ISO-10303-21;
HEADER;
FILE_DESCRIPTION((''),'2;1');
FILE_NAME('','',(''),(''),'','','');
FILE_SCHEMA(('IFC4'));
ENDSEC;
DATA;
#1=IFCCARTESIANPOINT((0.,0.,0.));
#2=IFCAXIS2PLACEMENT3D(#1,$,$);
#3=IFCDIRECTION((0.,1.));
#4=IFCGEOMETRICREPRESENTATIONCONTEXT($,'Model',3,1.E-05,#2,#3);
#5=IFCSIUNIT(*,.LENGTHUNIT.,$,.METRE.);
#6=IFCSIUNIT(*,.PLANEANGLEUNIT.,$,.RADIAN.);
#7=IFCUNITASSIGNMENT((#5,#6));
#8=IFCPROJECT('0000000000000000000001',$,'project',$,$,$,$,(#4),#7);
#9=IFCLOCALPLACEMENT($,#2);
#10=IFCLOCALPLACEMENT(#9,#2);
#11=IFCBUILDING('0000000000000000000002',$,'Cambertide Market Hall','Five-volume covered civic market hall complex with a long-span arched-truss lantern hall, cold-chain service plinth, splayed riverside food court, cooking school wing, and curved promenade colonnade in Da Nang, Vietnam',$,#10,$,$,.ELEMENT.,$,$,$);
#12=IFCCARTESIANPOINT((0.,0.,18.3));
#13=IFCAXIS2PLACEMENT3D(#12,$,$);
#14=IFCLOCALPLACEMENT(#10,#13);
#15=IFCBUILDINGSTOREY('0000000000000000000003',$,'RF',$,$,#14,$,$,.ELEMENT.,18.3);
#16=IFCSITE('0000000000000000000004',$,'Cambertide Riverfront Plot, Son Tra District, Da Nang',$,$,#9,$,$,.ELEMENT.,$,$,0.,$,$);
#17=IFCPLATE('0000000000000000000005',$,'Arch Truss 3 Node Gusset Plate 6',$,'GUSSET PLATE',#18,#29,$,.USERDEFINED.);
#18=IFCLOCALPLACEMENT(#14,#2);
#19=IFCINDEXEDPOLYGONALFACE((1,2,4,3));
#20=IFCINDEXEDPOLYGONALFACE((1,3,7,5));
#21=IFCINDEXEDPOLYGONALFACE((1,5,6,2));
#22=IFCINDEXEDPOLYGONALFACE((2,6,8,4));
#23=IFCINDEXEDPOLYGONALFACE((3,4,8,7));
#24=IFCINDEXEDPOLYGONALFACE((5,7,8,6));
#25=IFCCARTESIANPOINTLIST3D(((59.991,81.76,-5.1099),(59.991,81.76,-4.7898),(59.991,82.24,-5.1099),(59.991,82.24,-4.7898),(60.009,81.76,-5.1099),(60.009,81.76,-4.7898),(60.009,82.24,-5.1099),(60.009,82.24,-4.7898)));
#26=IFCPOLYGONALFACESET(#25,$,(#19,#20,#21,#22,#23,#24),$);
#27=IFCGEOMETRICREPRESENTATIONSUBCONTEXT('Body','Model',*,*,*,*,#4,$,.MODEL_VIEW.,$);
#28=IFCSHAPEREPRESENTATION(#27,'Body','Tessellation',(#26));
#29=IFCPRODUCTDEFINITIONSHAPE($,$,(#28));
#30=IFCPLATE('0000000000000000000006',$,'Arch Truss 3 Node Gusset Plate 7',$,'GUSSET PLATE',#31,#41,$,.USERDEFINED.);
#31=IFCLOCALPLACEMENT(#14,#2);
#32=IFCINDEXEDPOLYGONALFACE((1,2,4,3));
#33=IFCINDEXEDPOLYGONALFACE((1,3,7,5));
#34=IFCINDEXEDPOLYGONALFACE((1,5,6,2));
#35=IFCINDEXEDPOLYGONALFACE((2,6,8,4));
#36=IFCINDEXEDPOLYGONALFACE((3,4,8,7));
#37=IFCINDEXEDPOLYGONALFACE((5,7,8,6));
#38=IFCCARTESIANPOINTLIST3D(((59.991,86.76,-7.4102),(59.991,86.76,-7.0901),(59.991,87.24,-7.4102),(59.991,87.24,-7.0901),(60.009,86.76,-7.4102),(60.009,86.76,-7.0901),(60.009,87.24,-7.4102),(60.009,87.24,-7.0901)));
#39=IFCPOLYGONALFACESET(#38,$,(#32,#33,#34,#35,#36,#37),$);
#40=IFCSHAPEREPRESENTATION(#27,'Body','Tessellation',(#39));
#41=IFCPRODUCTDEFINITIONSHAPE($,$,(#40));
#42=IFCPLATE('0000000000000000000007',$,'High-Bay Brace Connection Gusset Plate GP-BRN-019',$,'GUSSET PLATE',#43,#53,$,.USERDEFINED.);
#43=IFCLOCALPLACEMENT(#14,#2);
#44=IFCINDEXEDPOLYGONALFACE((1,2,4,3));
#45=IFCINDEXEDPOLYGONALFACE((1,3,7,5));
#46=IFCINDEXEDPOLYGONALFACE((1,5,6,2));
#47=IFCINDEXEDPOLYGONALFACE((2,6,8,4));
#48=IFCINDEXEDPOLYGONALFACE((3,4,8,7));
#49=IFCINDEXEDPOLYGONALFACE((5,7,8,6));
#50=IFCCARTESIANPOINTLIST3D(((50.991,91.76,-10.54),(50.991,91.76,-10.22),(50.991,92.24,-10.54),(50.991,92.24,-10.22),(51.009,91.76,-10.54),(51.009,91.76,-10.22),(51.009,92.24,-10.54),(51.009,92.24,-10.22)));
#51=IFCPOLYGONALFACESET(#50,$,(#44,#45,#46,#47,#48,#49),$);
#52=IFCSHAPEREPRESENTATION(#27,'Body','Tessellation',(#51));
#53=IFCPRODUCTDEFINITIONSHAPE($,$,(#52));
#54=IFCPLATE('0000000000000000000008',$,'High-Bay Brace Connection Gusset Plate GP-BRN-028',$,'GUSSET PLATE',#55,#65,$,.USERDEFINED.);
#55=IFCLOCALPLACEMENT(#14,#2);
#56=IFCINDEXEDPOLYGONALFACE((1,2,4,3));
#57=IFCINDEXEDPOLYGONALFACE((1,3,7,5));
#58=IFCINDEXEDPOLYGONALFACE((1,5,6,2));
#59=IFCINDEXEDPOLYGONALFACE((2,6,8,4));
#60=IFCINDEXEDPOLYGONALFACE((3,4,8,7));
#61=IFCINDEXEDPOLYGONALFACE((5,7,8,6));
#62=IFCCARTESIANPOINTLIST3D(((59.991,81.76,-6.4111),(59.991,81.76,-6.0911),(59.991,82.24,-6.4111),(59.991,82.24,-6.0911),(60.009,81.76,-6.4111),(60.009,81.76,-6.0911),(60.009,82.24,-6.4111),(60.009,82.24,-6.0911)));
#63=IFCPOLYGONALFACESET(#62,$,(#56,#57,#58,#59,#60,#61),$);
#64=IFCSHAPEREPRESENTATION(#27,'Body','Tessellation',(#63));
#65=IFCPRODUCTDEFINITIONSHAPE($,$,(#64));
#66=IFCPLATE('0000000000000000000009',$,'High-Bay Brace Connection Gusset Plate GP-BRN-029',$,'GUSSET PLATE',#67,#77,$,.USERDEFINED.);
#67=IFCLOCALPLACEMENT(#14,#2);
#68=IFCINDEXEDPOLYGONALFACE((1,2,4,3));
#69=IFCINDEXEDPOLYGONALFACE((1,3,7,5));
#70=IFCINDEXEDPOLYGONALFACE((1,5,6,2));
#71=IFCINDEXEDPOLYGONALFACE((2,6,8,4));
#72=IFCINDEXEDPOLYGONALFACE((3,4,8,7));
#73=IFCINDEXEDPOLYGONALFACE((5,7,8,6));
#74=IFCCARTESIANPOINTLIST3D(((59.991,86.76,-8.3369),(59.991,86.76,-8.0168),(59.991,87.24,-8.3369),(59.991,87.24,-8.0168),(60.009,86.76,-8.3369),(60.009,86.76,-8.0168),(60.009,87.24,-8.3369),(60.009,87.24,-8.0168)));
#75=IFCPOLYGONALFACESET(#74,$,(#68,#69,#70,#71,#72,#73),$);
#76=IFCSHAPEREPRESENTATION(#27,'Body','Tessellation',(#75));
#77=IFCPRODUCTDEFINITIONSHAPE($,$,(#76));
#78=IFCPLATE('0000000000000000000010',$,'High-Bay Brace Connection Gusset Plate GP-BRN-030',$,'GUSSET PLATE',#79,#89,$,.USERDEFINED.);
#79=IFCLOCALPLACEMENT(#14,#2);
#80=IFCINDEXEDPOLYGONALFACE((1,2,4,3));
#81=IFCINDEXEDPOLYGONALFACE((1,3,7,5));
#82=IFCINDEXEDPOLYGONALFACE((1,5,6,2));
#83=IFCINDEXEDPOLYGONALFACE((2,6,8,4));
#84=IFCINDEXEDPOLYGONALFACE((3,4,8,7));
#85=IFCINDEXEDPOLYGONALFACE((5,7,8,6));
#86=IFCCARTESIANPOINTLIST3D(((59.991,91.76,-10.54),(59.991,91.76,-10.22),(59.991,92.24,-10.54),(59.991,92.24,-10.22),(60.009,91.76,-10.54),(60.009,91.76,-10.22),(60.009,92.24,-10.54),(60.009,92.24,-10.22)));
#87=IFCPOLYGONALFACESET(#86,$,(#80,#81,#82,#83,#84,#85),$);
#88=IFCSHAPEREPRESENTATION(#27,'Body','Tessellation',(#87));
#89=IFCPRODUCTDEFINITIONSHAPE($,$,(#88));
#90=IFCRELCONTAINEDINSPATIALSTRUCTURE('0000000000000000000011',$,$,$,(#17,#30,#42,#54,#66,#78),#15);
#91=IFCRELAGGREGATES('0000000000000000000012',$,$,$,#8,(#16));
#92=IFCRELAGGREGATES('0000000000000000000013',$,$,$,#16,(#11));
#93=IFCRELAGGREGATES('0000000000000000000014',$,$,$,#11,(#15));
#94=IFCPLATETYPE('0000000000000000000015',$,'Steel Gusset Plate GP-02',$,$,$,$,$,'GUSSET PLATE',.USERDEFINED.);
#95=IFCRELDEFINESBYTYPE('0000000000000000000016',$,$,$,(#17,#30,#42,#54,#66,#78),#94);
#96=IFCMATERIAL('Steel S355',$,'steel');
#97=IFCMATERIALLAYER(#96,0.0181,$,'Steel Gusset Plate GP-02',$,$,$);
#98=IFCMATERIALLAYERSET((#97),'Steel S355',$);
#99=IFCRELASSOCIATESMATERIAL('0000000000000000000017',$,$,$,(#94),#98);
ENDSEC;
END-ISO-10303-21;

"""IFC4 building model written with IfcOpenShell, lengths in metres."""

from ifc_helpers import new_model, si_unit, direction, frame, origin, origin_2d, place, context, subcontext, project, spatial, rectangle, extrude, material, layer, layer_set, type_object, element, save


model = new_model("IFC4")

# Units and contexts
model_context = context("Model", 3, precision=1e-05, world=origin(), true_north=direction((0.0, 1.0)))
body_context = subcontext(model_context, "Body", "Model", "MODEL_VIEW")
ifc_project = project(units=[si_unit("LENGTHUNIT", "METRE"), si_unit("PLANEANGLEUNIT", "RADIAN")], contexts=[model_context])

# Site, building, storey
site_placement = place(None, origin())
site = spatial("IfcSite", under=ifc_project, at=site_placement, Name="Cambertide Riverfront Plot, Son Tra District, Da Nang", CompositionType="ELEMENT", RefElevation=0.0)
building_placement = place(site_placement, origin())
building = spatial("IfcBuilding", under=site, at=building_placement, Name="Cambertide Market Hall", Description="Five-volume covered civic market hall complex with a long-span arched-truss lantern hall, cold-chain service plinth, splayed riverside food court, cooking school wing, and curved promenade colonnade in Da Nang, Vietnam", CompositionType="ELEMENT")
storey_placement = place(building_placement, frame((0.0, 0.0, 18.3)))
storey = spatial("IfcBuildingStorey", under=building, at=storey_placement, Name="RF", CompositionType="ELEMENT", Elevation=18.3)

# Plates
ifc_material_1 = material(Name="Steel S355", Category="steel")
ifc_layer_1 = layer(ifc_material_1, 0.0181, Name="Steel Gusset Plate GP-02")
ifc_layer_set_1 = layer_set([ifc_layer_1], Name="Steel S355")
plate_type_1 = type_object("IfcPlateType", Name="Steel Gusset Plate GP-02", ElementType="GUSSET PLATE", PredefinedType="USERDEFINED", material=ifc_layer_set_1)
for number, where, z_axis, x_axis, name in (
    (1, (60.0, 82.0, -5.1099), (0.0, 0.0, 1.0), (1.0, 0.0, 0.0), "Arch Truss 3 Node Gusset Plate 6"),
    (2, (60.0, 87.0, -7.4102), (0.0, 0.0, 1.0), (1.0, 0.0, 0.0), "Arch Truss 3 Node Gusset Plate 7"),
):
    element("IfcPlate", number, at=place(storey_placement, frame(where, z_axis=z_axis, x_axis=x_axis)), inside=storey, type_object=plate_type_1, Name=name, ObjectType="GUSSET PLATE", PredefinedType="USERDEFINED", context=body_context, shape_type="SweptSolid", body=[
        extrude(rectangle(XDim=0.0181, YDim=0.48, at=origin_2d()), origin(), (0.0, 0.0, 1.0), 0.3201),
    ])
for number, where, z_axis, x_axis, name in (
    (3, (51.0, 92.0, -10.54), (0.0, 0.0, 1.0), (0.0, 1.0, 0.0), "High-Bay Brace Connection Gusset Plate GP-BRN-019"),
    (4, (60.0, 82.0, -6.4111), (0.0, 0.0, 1.0), (0.0, 1.0, 0.0), "High-Bay Brace Connection Gusset Plate GP-BRN-028"),
    (5, (60.0, 87.0, -8.3369), (0.0, 0.0, 1.0), (0.0, 1.0, 0.0), "High-Bay Brace Connection Gusset Plate GP-BRN-029"),
    (6, (60.0, 92.0, -10.54), (0.0, 0.0, 1.0), (0.0, 1.0, 0.0), "High-Bay Brace Connection Gusset Plate GP-BRN-030"),
):
    element("IfcPlate", number, at=place(storey_placement, frame(where, z_axis=z_axis, x_axis=x_axis)), inside=storey, type_object=plate_type_1, Name=name, ObjectType="GUSSET PLATE", PredefinedType="USERDEFINED", context=body_context, shape_type="SweptSolid", body=[
        extrude(rectangle(XDim=0.48, YDim=0.0181, at=origin_2d()), origin(), (0.0, 0.0, 1.0), 0.3201),
    ])

save(model, "model.ifc")
